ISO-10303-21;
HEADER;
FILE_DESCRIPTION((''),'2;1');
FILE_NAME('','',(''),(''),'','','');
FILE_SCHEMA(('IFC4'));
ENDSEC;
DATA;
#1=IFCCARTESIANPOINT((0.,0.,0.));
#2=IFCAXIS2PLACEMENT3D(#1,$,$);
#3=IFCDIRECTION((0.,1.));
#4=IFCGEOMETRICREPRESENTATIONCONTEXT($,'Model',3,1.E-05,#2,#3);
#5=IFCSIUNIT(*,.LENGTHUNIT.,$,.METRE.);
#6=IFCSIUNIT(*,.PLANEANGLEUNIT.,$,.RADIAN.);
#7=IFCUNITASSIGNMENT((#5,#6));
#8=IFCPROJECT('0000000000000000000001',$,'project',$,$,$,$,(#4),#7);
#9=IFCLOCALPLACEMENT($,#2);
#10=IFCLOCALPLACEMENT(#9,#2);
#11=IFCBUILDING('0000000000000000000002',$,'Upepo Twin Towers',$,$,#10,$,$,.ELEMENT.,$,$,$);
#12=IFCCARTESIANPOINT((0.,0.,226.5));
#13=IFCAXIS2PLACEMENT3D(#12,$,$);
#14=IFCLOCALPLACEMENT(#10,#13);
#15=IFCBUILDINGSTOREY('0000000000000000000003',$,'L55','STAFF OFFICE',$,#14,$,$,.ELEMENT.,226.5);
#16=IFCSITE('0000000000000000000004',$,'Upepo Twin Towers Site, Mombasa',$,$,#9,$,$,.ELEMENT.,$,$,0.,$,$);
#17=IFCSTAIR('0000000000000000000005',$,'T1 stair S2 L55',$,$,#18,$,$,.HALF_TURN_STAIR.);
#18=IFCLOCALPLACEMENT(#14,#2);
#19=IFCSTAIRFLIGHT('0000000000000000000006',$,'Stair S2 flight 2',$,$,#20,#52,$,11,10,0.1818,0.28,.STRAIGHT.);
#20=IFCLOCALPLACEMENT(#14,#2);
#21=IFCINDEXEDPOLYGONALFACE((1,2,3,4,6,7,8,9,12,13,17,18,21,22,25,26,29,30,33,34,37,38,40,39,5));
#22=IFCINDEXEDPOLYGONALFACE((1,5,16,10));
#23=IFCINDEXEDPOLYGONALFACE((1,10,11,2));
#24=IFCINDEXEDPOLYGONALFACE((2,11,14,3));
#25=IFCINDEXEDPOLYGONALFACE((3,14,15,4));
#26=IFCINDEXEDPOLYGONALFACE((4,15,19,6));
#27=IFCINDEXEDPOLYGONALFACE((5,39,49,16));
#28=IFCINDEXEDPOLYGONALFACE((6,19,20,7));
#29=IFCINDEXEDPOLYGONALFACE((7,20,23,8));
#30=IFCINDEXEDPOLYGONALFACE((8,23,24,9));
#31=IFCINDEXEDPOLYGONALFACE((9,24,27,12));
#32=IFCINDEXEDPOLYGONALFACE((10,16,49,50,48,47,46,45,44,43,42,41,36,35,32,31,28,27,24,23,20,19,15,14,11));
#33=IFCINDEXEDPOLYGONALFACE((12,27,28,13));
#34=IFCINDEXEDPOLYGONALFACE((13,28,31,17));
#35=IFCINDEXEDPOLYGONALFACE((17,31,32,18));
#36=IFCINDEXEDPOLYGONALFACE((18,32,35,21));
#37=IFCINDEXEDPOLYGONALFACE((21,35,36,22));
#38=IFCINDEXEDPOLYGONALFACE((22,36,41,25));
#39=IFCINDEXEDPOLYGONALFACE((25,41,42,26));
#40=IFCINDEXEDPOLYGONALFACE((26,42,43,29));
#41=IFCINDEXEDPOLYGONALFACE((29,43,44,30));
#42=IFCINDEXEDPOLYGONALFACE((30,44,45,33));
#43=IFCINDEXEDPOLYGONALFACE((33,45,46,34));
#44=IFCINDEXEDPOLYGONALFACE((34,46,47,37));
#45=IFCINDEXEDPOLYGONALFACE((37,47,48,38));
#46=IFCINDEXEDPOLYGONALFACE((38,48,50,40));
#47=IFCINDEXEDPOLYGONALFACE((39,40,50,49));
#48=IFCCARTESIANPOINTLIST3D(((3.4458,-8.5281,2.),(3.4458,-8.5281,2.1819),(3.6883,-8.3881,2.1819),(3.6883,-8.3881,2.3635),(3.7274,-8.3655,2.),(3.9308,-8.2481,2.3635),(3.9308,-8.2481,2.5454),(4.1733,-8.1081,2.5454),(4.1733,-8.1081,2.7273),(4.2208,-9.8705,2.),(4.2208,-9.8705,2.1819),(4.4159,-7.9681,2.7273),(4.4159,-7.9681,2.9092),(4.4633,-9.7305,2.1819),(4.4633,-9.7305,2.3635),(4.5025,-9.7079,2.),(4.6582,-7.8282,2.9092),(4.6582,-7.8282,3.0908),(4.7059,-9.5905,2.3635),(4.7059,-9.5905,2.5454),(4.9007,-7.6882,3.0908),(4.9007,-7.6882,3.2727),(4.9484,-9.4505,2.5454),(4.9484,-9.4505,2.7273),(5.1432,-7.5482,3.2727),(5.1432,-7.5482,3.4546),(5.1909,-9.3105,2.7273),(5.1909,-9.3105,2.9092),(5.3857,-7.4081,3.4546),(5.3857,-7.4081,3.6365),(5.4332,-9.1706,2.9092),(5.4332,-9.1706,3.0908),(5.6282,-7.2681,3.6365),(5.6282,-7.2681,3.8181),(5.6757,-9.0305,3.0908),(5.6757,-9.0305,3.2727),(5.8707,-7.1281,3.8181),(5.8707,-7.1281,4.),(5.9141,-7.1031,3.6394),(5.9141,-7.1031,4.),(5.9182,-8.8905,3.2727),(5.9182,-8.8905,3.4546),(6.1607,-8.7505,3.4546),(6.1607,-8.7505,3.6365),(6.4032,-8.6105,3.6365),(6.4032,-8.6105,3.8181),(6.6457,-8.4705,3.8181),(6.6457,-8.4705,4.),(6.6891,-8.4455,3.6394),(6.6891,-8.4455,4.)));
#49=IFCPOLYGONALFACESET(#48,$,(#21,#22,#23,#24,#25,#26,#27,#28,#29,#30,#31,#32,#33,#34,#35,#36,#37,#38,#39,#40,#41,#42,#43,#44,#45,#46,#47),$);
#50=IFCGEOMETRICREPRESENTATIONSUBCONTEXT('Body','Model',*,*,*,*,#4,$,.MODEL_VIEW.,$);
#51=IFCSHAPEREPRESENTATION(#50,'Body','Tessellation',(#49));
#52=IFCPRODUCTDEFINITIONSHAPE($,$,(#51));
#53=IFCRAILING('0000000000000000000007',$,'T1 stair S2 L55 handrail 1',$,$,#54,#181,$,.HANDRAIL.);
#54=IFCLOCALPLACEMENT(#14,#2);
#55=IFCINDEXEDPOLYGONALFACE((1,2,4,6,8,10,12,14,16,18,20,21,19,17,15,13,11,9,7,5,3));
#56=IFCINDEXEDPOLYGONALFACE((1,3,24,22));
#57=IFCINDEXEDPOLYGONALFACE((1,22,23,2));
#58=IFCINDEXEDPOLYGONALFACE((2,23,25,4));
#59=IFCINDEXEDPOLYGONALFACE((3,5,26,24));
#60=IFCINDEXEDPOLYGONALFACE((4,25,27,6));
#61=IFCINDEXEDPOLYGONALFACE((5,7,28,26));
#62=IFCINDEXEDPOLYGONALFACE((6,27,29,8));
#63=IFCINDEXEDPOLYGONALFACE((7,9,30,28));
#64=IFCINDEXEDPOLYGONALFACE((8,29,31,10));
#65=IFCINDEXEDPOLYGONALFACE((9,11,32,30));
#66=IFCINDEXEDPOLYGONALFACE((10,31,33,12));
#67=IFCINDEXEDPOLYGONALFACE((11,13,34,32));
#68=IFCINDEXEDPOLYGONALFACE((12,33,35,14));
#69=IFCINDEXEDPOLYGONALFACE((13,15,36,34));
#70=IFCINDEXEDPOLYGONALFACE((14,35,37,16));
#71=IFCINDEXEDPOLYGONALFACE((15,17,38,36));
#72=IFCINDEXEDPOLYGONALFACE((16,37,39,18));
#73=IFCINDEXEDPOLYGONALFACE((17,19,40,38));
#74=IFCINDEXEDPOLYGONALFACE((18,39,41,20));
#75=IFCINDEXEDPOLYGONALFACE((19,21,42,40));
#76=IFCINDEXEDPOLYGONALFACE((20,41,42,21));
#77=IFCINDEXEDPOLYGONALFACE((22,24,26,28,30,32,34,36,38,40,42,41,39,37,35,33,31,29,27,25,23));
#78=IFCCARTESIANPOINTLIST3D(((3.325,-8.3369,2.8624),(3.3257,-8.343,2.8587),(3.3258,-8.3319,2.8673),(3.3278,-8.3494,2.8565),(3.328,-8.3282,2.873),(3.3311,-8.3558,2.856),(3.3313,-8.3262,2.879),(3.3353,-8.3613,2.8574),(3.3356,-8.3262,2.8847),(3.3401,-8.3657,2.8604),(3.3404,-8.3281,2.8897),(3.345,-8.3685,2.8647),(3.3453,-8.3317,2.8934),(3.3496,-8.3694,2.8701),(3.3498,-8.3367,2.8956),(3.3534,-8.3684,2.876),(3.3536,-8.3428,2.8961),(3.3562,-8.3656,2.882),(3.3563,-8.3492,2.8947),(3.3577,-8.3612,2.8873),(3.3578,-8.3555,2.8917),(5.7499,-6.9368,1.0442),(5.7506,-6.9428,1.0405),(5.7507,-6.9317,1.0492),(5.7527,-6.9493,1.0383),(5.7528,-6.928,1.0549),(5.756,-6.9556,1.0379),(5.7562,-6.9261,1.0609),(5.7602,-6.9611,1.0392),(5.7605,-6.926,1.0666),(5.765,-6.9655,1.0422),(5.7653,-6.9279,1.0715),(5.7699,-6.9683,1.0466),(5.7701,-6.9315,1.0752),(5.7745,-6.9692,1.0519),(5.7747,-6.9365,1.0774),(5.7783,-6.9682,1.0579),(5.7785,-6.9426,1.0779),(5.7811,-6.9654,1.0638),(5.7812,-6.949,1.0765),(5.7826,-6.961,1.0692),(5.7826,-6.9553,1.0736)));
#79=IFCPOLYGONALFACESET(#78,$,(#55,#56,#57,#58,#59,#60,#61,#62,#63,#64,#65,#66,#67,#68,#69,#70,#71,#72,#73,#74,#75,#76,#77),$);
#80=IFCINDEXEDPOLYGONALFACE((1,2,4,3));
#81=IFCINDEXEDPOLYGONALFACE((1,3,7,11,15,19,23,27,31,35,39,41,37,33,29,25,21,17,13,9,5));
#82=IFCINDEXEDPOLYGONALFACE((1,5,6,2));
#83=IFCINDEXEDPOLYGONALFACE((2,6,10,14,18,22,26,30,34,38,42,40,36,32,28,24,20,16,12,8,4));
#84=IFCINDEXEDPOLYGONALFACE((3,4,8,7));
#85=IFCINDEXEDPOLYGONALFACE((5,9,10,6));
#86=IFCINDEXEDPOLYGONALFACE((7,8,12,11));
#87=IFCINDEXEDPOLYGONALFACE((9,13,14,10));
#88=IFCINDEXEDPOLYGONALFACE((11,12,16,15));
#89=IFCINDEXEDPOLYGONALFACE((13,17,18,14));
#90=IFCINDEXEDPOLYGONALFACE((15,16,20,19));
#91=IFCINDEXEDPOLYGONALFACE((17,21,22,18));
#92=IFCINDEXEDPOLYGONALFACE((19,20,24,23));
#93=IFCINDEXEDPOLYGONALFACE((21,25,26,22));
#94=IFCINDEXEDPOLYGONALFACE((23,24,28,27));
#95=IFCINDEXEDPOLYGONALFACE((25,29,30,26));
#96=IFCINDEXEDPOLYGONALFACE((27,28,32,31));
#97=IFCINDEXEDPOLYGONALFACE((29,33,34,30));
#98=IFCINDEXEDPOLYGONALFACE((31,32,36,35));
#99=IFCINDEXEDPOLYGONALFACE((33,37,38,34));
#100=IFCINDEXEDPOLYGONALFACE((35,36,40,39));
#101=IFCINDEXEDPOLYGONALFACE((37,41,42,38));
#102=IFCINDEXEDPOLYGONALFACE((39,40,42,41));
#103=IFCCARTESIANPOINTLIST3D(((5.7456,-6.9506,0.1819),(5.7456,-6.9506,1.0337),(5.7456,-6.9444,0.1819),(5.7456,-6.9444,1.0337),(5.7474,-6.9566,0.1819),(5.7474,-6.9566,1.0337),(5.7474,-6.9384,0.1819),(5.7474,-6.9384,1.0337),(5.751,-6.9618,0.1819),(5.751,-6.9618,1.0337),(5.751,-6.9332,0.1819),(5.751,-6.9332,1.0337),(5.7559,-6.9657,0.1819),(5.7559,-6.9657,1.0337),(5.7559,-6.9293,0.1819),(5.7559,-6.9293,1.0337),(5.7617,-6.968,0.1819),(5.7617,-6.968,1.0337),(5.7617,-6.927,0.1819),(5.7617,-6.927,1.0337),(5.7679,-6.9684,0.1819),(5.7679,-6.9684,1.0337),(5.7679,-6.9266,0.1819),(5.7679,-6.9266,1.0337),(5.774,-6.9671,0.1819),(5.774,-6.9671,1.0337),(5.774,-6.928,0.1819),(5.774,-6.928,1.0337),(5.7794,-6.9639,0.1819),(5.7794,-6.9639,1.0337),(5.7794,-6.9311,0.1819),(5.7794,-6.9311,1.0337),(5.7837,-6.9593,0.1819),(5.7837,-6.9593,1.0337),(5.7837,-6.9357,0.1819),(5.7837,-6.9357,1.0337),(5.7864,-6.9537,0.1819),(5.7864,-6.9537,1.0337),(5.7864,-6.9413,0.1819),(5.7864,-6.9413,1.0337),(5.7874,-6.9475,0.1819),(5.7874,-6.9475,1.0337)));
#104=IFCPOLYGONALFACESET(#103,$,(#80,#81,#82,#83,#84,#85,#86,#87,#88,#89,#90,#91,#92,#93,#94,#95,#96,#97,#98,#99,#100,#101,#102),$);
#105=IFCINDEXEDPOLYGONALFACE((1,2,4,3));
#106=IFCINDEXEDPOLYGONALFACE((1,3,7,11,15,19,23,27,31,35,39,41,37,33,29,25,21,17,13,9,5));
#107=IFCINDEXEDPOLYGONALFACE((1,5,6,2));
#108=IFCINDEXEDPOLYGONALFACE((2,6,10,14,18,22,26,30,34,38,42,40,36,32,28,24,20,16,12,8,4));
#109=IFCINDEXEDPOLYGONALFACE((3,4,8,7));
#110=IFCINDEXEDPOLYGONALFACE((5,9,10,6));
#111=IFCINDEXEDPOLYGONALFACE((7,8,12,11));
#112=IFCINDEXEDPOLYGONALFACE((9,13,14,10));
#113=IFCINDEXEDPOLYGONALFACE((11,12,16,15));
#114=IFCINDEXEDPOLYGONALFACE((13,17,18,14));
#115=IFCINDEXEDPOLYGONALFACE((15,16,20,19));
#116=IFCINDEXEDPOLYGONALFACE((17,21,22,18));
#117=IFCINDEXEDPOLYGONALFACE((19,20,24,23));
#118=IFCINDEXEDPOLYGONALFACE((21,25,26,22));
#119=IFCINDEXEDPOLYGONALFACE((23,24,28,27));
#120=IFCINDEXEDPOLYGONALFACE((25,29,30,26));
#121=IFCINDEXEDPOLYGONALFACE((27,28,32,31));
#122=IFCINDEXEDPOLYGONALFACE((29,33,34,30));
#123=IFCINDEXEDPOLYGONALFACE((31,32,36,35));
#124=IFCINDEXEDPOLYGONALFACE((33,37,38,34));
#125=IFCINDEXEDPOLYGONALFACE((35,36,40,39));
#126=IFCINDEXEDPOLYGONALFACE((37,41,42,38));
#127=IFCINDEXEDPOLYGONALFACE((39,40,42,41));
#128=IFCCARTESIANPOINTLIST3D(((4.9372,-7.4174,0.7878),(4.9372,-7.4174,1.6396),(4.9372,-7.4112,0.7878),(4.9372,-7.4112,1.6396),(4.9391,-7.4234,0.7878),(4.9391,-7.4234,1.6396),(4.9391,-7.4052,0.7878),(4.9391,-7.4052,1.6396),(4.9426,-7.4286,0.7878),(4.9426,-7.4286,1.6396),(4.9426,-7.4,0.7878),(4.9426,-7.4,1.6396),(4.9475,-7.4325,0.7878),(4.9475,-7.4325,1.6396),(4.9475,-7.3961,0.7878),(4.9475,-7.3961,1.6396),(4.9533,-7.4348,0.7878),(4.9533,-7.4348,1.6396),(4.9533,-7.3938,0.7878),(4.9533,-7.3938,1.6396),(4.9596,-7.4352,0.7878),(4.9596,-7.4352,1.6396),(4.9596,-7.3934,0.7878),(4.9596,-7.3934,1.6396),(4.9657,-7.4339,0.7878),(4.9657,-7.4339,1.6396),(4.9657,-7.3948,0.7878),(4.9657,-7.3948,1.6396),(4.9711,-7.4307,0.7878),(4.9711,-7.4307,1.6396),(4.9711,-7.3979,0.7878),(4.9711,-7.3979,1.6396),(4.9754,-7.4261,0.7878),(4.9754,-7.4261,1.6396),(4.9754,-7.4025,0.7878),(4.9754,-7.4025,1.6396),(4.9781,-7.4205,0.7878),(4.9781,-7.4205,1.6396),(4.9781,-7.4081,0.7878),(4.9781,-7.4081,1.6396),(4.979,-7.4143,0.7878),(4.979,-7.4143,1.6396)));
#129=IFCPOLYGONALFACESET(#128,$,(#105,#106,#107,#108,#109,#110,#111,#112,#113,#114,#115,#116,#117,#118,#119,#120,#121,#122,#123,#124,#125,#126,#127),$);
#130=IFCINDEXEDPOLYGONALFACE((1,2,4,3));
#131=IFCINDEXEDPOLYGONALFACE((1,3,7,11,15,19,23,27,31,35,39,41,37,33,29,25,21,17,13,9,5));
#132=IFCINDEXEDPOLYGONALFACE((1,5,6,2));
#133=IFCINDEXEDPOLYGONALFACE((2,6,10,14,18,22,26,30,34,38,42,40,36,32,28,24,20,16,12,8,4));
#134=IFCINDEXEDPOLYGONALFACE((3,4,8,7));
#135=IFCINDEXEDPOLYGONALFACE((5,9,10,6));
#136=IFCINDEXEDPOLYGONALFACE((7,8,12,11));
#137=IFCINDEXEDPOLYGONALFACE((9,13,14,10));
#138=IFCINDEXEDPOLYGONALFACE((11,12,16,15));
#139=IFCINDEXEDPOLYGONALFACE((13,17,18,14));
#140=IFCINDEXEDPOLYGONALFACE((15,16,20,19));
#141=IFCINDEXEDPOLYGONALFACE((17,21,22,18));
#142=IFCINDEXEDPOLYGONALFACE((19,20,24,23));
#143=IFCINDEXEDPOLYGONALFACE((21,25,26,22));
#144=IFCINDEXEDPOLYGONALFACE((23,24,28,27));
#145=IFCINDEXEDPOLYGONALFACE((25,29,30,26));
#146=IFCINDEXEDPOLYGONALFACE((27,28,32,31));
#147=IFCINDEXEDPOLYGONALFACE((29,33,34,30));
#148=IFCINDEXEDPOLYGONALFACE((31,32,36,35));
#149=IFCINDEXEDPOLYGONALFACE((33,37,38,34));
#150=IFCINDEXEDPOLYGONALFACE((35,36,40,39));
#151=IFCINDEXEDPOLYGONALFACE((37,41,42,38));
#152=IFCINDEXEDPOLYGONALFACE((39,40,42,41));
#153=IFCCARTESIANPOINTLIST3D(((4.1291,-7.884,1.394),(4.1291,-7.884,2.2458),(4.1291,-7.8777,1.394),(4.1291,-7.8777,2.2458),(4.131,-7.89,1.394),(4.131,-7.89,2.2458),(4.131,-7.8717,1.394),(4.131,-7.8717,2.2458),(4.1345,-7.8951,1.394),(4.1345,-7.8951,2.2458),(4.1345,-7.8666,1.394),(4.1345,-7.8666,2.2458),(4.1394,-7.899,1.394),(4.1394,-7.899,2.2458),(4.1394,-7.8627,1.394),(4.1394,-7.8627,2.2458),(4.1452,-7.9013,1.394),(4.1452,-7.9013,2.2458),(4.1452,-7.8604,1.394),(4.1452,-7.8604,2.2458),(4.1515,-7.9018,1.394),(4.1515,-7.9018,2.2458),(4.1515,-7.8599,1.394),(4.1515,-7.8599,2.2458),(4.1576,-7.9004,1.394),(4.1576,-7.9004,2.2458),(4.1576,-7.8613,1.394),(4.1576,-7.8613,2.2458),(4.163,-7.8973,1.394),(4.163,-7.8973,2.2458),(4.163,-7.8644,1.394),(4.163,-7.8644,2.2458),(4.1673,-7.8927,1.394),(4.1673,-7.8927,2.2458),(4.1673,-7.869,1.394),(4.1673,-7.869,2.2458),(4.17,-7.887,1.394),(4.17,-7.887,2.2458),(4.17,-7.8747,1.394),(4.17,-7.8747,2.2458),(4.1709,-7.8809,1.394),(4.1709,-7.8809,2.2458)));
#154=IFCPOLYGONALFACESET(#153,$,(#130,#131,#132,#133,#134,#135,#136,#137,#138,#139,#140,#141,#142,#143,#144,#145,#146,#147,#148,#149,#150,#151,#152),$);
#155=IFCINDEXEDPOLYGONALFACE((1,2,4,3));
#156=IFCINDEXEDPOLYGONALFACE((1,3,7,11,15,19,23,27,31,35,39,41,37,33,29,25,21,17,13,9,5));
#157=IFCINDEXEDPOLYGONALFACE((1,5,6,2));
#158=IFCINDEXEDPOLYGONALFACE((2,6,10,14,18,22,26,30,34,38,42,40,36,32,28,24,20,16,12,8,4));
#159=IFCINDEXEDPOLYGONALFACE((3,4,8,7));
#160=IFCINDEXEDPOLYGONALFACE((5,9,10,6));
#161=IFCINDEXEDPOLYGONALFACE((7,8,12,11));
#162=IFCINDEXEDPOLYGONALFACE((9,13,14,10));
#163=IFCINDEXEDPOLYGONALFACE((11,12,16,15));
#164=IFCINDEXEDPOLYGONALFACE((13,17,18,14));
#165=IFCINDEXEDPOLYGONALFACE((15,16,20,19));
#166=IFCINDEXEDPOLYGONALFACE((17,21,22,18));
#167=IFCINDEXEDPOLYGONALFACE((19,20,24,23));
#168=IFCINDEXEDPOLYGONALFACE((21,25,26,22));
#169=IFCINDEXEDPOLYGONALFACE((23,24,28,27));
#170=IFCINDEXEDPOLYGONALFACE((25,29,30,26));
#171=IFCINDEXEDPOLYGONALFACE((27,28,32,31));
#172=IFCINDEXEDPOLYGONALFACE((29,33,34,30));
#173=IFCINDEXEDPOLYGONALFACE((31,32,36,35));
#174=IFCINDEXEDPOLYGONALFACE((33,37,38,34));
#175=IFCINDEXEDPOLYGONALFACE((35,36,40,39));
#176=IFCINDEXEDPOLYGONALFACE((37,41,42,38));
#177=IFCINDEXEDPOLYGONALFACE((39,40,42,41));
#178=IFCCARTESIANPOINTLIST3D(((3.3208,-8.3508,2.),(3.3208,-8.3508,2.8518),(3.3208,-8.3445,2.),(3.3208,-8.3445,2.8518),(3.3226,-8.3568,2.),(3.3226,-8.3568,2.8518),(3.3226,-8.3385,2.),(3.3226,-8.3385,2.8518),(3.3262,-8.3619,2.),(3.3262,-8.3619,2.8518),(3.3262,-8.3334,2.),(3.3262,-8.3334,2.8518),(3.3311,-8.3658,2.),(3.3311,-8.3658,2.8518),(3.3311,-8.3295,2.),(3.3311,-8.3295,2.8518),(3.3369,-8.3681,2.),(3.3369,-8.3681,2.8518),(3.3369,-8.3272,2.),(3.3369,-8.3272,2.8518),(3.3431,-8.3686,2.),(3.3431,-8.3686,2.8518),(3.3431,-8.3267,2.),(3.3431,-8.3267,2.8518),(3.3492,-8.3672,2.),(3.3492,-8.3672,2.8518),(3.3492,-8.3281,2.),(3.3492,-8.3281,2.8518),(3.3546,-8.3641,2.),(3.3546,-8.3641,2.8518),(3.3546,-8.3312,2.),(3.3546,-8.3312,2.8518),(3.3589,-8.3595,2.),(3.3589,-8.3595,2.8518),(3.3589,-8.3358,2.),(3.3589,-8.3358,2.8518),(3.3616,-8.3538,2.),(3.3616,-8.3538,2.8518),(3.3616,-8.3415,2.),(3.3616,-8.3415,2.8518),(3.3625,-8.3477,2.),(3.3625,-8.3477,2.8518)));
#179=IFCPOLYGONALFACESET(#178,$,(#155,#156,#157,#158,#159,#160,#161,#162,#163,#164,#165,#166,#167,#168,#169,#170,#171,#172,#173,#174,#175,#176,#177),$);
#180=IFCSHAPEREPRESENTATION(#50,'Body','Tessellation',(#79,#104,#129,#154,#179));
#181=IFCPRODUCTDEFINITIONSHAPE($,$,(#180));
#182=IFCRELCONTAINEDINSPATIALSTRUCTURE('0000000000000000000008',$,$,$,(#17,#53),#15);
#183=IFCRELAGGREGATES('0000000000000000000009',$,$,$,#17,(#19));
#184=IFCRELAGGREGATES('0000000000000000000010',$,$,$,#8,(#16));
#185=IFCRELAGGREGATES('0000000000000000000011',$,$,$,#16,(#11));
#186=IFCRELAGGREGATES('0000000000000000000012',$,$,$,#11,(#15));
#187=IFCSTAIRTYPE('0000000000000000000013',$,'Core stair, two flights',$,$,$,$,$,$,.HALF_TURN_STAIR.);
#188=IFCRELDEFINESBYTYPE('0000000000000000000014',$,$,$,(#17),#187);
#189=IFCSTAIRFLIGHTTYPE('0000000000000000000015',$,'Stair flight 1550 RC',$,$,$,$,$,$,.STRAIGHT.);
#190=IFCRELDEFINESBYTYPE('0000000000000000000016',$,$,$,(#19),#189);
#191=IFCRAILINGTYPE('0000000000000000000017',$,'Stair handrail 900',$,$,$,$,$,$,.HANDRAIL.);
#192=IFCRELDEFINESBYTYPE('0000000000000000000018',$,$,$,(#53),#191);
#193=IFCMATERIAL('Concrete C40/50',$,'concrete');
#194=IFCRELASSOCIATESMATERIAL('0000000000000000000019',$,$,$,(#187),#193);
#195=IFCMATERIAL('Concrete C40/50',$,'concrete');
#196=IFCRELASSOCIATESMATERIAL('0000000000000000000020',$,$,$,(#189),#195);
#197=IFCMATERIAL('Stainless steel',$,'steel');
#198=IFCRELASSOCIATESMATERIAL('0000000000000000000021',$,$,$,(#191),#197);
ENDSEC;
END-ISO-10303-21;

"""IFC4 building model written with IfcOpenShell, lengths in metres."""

from ifc_helpers import new_model, si_unit, direction, frame, origin, origin_2d, place, context, subcontext, project, spatial, polyline, circle, outline, extrude, material, type_object, element, aggregate, save


model = new_model("IFC4")

# Units and contexts
model_context = context("Model", 3, precision=1e-05, world=origin(), true_north=direction((0.0, 1.0)))
body_context = subcontext(model_context, "Body", "Model", "MODEL_VIEW")
ifc_project = project(units=[si_unit("LENGTHUNIT", "METRE"), si_unit("PLANEANGLEUNIT", "RADIAN")], contexts=[model_context])

# Site, building, storey
site_placement = place(None, origin())
site = spatial("IfcSite", under=ifc_project, at=site_placement, Name="Upepo Twin Towers Site, Mombasa", CompositionType="ELEMENT", RefElevation=0.0)
building_placement = place(site_placement, origin())
building = spatial("IfcBuilding", under=site, at=building_placement, Name="Upepo Twin Towers", CompositionType="ELEMENT")
storey_placement = place(building_placement, frame((0.0, 0.0, 226.5)))
storey = spatial("IfcBuildingStorey", under=building, at=storey_placement, Name="L55", Description="STAFF OFFICE", CompositionType="ELEMENT", Elevation=226.5)

# Stair
ifc_material_1 = material(Name="Concrete C40/50", Category="concrete")
stair_type = type_object("IfcStairType", Name="Core stair, two flights", PredefinedType="HALF_TURN_STAIR", material=ifc_material_1)
stair_1_placement = place(storey_placement, origin())
stair_1 = element("IfcStair", 1, at=stair_1_placement, inside=storey, type_object=stair_type, Name="T1 stair S2 L55", PredefinedType="HALF_TURN_STAIR")

# Stair flight
ifc_material_2 = material(Name="Concrete C40/50", Category="concrete")
stair_flight_type = type_object("IfcStairFlightType", Name="Stair flight 1550 RC", PredefinedType="STRAIGHT", material=ifc_material_2)
stair_flight_1_placement = place(storey_placement, frame((3.8333, -9.1992, 2.0), z_axis=(0.0, 0.0, 1.0), x_axis=(0.866025, 0.5, 0.0)))
stair_flight_1 = element("IfcStairFlight", 2, at=stair_flight_1_placement, type_object=stair_flight_type, Name="Stair S2 flight 2", NumberOfRisers=11, NumberOfTreads=10, PredefinedType="STRAIGHT", RiserHeight=0.1818, TreadLength=0.28, context=body_context, shape_type="SweptSolid", body=[
    extrude(outline(polyline([(0.0, 0.0), (0.0, 0.1819), (0.28, 0.1819), (0.28, 0.3635), (0.5601, 0.3635), (0.5601, 0.5454), (0.8401, 0.5454), (0.8401, 0.7273), (1.1201, 0.7273), (1.1201, 0.9092), (1.3999, 0.9092), (1.3999, 1.0908), (1.6799, 1.0908), (1.6799, 1.2727), (1.96, 1.2727), (1.96, 1.4546), (2.24, 1.4546), (2.24, 1.6365), (2.52, 1.6365), (2.52, 1.8181), (2.8, 1.8181), (2.8, 2.0), (2.8501, 2.0), (2.8501, 1.6394), (0.3252, 0.0), (0.0, 0.0)])), frame((0.0, 0.7749, 0.0), z_axis=(0.0, -1.0, 0.0), x_axis=(1.0, 0.0, 0.0)), (0.0, 0.0, 1.0), 1.55),
])
aggregate(stair_1, [stair_flight_1])

# Railing
ifc_material_3 = material(Name="Stainless steel", Category="steel")
railing_type = type_object("IfcRailingType", Name="Stair handrail 900", PredefinedType="HANDRAIL", material=ifc_material_3)
railing_1_placement = place(storey_placement, frame((5.7664, -6.9475, 0.1819)))
element("IfcRailing", 3, at=railing_1_placement, inside=storey, type_object=railing_type, Name="T1 stair S2 L55 handrail 1", PredefinedType="HANDRAIL", context=body_context, shape_type="SweptSolid", body=[
    extrude(circle(Radius=0.0239, at=origin_2d()), frame((0.0, 0.0, 0.876), z_axis=(-0.726314, -0.419393, 0.544589), x_axis=(0.50005, -0.865997, 0.0)), (0.0, 0.0, 1.0), 3.3386),
    extrude(circle(Radius=0.021, at=origin_2d()), origin(), (0.0, 0.0, 1.0), 0.8518),
    extrude(circle(Radius=0.021, at=origin_2d()), frame((-0.8083, -0.4668, 0.606)), (0.0, 0.0, 1.0), 0.8518),
    extrude(circle(Radius=0.021, at=origin_2d()), frame((-1.6165, -0.9333, 1.2122)), (0.0, 0.0, 1.0), 0.8518),
    extrude(circle(Radius=0.021, at=origin_2d()), frame((-2.4248, -1.4001, 1.8181)), (0.0, 0.0, 1.0), 0.8518),
])

save(model, "model.ifc")
